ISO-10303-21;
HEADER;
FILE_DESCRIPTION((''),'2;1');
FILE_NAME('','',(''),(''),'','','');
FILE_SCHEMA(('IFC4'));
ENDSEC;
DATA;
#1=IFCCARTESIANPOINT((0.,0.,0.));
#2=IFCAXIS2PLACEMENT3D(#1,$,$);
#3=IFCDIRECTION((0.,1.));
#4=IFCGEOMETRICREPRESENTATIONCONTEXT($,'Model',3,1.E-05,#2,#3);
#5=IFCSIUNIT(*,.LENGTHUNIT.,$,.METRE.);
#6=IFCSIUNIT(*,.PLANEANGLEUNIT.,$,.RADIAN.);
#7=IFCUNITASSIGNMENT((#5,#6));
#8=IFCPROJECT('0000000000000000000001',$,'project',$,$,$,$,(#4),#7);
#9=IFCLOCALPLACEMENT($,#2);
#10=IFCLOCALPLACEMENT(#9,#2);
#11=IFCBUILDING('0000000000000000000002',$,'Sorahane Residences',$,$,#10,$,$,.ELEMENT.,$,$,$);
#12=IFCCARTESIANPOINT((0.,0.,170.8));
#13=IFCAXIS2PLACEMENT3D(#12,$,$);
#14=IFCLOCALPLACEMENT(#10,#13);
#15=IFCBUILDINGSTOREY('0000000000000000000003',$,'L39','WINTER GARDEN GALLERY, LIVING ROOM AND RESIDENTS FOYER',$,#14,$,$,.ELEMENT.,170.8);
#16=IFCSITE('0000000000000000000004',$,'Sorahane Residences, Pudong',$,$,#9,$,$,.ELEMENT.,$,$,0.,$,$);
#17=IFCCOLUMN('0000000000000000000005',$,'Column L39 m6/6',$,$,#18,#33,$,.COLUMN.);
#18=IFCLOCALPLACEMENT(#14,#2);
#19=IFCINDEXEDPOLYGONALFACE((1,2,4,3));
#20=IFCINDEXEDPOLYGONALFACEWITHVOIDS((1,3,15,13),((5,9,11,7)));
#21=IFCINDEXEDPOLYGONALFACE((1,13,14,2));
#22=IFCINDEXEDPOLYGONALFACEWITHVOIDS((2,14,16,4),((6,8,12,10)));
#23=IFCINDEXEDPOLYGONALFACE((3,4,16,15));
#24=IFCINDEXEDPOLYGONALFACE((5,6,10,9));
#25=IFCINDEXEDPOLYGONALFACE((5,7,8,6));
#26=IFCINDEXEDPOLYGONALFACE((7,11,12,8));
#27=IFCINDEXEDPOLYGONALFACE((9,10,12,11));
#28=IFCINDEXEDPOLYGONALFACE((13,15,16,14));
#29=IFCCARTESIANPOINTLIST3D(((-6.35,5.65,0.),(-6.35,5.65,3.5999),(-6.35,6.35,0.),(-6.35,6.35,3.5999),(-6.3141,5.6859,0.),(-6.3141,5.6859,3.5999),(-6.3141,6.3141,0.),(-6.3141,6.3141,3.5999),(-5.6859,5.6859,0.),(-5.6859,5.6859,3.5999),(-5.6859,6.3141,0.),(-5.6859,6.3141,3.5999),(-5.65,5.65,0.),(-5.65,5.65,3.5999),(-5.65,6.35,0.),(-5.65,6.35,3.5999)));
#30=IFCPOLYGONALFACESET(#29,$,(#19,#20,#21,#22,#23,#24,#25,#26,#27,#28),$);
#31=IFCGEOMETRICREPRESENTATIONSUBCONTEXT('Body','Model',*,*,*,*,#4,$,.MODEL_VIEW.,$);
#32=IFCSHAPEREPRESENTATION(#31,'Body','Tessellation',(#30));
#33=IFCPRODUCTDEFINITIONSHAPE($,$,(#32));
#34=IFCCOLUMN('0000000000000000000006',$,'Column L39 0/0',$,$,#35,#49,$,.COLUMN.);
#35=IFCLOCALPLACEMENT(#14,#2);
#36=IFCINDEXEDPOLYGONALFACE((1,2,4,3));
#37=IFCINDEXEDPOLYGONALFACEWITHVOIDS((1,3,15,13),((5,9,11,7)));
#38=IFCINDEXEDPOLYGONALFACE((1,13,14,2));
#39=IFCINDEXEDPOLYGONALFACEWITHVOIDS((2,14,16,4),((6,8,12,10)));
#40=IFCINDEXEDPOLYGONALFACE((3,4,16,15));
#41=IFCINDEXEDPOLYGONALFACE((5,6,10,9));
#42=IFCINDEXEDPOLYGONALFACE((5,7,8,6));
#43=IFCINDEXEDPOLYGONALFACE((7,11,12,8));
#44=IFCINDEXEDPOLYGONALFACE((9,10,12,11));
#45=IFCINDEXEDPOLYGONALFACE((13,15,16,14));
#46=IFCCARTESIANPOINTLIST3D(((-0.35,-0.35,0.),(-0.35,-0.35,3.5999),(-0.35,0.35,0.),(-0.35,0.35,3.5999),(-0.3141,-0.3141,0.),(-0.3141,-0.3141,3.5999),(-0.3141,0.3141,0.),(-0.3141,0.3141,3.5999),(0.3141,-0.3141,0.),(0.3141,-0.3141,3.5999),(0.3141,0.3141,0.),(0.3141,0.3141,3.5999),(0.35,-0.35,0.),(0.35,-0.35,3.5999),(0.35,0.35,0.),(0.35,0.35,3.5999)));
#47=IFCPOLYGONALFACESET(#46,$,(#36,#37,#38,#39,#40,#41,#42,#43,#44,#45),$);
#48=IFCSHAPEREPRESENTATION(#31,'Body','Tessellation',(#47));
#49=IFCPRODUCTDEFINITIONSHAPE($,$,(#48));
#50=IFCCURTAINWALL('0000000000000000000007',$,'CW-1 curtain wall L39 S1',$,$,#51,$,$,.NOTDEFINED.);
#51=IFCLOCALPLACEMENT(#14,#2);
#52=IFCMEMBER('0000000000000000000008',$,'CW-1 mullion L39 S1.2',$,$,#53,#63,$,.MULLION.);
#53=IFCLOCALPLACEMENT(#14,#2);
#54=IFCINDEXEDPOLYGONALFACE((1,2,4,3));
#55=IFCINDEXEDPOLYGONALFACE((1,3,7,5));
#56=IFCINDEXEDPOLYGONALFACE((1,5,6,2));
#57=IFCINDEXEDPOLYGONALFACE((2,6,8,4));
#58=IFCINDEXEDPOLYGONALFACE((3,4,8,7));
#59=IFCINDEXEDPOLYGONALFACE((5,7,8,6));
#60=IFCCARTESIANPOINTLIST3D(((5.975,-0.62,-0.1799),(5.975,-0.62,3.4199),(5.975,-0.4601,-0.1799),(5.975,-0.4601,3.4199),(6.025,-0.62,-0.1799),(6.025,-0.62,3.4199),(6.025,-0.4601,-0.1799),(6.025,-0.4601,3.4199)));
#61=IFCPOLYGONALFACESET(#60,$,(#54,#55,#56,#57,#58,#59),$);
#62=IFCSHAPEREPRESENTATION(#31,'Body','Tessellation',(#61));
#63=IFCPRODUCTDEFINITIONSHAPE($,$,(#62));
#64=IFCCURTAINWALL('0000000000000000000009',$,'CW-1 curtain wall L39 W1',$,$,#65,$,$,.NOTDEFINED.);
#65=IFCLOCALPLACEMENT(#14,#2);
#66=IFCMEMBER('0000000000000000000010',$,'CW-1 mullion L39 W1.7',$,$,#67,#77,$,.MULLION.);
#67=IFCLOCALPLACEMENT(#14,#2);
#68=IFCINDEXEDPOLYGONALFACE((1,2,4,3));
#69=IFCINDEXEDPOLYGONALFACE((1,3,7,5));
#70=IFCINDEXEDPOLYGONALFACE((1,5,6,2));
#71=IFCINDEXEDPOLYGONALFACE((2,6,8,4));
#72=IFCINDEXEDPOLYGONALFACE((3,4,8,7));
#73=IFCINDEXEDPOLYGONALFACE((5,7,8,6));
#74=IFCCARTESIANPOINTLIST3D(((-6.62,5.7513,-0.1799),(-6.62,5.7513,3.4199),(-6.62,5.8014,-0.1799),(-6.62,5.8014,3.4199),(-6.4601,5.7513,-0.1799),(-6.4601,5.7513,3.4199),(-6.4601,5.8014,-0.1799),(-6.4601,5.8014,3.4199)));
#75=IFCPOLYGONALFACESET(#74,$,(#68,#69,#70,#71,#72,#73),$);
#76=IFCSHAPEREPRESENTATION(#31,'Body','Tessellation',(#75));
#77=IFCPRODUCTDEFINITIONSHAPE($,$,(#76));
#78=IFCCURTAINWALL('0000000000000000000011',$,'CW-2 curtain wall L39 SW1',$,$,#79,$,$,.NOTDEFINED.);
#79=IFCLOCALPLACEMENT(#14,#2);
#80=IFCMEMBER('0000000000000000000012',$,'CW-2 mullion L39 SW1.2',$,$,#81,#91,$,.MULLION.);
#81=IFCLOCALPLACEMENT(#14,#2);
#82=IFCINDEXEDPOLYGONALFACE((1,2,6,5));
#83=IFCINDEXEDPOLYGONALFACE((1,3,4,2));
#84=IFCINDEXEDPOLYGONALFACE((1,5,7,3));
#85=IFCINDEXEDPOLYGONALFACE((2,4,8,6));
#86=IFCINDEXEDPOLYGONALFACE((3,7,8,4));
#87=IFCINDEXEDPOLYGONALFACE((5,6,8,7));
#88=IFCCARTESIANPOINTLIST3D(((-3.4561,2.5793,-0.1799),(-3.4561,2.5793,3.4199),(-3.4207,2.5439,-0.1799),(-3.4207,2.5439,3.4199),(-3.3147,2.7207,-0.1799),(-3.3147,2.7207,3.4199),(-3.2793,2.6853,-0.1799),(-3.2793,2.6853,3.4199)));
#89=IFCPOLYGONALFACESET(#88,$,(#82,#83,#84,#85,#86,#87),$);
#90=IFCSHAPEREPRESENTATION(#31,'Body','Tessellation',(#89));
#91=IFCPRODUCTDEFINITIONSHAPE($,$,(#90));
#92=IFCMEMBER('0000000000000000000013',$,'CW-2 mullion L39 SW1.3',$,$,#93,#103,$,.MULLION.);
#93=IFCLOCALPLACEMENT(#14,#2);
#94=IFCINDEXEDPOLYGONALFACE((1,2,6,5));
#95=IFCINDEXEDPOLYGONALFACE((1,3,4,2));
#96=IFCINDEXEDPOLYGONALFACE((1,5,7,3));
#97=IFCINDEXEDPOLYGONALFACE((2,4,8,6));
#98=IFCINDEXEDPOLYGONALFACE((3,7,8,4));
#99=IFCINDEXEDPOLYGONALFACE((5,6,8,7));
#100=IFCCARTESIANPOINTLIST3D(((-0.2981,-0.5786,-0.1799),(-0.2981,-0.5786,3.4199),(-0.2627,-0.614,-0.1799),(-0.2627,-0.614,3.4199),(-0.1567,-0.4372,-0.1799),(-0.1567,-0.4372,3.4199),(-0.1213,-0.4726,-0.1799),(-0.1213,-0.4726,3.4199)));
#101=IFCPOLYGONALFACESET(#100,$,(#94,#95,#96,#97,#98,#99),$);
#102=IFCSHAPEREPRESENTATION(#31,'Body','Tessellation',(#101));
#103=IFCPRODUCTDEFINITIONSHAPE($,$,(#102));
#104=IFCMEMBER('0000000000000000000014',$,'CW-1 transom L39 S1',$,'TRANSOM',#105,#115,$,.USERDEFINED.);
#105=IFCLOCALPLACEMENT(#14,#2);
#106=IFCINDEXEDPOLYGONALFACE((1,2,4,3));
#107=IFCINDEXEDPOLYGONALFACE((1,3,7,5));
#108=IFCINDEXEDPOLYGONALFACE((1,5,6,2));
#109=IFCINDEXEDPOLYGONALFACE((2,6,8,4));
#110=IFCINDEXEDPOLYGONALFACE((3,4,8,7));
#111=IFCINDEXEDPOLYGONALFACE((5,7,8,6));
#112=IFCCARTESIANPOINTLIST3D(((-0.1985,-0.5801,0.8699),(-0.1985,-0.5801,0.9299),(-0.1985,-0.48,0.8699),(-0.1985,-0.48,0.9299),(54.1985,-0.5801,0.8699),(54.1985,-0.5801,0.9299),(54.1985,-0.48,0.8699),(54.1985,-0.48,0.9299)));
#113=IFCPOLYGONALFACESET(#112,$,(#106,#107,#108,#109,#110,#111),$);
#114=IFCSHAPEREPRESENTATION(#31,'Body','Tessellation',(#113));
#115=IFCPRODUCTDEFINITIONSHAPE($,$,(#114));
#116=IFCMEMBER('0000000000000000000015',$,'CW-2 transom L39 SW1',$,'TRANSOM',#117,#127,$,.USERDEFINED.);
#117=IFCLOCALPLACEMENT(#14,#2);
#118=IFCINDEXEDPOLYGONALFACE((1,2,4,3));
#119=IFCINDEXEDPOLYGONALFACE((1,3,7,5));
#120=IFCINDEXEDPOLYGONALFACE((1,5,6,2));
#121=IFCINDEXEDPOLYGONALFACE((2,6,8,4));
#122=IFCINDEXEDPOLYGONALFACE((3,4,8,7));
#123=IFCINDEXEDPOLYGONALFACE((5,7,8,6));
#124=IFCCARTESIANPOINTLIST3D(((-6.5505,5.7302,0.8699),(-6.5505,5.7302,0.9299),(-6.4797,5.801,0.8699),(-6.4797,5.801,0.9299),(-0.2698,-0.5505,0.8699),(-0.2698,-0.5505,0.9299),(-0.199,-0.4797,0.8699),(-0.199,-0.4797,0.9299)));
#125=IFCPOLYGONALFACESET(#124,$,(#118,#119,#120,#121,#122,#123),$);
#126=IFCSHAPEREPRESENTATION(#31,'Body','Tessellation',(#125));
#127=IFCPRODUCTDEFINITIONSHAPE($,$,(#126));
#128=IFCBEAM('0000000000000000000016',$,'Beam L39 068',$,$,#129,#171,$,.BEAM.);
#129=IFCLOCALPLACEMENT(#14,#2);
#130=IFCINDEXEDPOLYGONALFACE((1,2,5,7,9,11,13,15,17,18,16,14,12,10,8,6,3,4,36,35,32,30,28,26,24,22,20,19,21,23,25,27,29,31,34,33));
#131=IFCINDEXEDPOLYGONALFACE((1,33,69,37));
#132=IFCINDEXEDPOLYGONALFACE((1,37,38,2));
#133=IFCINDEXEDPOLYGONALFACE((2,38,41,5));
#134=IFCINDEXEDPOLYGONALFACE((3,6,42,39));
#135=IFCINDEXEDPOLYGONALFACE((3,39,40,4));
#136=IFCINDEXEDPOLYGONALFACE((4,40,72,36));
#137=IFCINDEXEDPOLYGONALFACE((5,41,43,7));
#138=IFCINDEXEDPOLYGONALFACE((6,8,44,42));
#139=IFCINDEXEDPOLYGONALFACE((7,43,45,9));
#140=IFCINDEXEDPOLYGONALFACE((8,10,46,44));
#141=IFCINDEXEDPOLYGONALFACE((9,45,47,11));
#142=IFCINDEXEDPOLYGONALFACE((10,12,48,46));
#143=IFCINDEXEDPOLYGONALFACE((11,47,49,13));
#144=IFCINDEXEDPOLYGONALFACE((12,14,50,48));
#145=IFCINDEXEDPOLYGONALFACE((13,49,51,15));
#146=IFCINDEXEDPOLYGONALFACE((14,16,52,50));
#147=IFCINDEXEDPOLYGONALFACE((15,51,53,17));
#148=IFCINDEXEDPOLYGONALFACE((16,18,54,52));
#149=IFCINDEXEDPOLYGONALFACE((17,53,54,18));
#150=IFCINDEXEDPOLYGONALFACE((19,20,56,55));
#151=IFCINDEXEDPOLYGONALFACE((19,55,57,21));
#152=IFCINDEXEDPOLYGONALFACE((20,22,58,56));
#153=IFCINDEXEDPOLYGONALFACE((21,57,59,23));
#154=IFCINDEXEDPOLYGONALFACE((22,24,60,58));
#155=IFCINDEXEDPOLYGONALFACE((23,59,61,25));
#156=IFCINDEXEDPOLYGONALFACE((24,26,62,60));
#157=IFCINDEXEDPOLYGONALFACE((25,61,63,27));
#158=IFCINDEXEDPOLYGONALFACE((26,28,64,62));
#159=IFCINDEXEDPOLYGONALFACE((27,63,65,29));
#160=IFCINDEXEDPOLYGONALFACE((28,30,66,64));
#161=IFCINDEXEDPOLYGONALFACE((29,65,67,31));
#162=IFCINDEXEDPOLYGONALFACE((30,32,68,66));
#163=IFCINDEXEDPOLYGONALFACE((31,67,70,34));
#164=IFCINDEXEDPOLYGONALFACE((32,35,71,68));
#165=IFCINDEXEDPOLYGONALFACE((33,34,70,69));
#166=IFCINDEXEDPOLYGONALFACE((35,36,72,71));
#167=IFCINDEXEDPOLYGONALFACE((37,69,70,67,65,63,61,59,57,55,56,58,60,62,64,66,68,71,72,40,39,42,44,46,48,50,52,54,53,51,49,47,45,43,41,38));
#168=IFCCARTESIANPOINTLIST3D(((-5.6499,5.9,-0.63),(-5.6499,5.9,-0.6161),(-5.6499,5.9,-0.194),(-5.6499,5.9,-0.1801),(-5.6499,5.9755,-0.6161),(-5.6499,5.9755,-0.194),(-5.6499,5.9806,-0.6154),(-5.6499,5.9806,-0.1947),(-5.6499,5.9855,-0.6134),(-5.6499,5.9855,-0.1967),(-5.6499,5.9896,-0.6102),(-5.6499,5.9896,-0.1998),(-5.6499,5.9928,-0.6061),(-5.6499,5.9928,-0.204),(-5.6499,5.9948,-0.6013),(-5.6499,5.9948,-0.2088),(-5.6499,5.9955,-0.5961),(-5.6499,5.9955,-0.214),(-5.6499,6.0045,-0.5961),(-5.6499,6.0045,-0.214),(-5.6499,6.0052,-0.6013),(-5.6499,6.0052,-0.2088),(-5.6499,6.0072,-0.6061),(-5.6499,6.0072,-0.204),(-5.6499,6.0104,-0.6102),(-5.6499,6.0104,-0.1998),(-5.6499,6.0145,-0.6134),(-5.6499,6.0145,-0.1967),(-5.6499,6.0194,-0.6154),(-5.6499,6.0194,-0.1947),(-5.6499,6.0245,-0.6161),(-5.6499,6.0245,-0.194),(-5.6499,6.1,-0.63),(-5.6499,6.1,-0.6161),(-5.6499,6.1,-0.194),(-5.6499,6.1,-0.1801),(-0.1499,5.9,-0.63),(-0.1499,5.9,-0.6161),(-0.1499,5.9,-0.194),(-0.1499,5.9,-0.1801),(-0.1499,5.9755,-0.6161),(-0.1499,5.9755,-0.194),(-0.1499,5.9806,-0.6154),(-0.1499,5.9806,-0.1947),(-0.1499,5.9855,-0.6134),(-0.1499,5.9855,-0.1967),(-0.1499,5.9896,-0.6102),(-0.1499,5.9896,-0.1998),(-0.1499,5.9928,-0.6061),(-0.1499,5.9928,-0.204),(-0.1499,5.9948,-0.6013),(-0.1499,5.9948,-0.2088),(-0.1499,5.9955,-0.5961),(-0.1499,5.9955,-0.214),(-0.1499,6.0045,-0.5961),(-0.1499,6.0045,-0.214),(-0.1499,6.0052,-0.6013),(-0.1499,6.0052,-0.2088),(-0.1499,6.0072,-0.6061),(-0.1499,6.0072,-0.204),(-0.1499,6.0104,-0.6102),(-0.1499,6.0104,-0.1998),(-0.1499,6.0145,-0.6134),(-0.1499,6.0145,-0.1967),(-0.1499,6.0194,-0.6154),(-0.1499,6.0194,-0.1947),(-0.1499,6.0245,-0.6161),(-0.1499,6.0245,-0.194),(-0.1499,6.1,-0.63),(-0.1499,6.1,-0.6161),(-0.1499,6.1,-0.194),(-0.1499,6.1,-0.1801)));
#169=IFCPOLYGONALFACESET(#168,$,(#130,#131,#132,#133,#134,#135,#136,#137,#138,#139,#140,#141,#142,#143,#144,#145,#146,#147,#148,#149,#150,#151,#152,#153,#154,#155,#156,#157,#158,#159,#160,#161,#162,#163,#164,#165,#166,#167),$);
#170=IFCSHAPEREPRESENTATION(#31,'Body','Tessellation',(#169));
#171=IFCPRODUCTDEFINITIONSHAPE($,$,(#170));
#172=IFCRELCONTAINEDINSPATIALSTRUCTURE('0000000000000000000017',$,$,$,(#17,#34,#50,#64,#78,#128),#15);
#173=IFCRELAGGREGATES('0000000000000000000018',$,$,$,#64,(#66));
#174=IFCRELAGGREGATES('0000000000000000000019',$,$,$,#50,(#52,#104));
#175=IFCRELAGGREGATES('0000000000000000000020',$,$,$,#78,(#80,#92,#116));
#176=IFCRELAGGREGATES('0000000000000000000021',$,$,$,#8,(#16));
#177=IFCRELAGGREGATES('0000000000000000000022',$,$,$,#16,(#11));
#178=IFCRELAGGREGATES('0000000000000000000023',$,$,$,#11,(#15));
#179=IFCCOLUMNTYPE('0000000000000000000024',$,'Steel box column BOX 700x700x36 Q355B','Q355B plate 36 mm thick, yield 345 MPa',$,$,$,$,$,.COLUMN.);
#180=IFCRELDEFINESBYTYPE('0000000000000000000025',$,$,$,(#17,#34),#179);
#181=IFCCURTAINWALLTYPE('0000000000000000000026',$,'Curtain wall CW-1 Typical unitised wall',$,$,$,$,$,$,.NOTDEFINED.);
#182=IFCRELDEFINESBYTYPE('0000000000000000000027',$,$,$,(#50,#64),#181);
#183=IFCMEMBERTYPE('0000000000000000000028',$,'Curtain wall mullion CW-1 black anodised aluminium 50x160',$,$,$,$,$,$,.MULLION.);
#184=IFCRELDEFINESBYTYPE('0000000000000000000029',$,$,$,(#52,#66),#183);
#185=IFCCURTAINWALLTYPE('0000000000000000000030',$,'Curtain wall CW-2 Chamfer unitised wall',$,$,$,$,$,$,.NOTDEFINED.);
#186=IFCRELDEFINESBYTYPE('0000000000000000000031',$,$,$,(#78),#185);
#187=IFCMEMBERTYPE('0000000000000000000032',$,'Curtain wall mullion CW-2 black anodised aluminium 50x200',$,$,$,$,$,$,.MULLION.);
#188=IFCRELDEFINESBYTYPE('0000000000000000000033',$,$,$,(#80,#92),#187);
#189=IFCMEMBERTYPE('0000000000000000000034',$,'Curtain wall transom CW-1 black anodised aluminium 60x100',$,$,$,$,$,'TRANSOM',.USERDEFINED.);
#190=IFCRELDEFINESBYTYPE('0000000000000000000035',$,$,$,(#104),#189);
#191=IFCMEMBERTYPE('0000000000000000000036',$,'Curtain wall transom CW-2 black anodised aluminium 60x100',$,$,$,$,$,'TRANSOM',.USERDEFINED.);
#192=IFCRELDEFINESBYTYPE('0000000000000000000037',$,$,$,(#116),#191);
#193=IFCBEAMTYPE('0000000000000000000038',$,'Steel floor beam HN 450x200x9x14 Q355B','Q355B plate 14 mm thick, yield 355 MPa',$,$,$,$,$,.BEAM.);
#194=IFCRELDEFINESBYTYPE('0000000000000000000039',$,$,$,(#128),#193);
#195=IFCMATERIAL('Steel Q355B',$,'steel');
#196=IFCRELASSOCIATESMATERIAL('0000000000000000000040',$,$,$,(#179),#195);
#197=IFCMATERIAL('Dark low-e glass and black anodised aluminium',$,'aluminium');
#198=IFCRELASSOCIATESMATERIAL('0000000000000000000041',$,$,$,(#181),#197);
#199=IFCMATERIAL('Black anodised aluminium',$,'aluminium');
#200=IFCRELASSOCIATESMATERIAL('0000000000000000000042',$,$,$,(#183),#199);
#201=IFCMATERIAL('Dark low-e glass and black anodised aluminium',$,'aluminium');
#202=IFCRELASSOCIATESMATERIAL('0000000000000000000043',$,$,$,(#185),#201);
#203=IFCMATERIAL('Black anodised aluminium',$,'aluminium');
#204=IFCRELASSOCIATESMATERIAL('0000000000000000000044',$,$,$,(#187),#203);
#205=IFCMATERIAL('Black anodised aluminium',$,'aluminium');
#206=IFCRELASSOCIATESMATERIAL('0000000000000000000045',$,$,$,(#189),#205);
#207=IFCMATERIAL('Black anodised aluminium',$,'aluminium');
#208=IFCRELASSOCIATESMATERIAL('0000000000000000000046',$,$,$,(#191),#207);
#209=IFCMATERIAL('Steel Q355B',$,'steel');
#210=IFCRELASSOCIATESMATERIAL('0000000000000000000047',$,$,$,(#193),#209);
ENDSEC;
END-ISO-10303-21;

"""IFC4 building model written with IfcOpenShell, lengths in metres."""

from ifc_helpers import new_model, si_unit, direction, frame, origin, origin_2d, place, context, subcontext, project, spatial, rectangle, hollow_rectangle, i_section, extrude, material, material_profile, profile_set, type_object, element, aggregate, save


model = new_model("IFC4")

# Units and contexts
model_context = context("Model", 3, precision=1e-05, world=origin(), true_north=direction((0.0, 1.0)))
body_context = subcontext(model_context, "Body", "Model", "MODEL_VIEW")
ifc_project = project(units=[si_unit("LENGTHUNIT", "METRE"), si_unit("PLANEANGLEUNIT", "RADIAN")], contexts=[model_context])

# Site, building, storey
site_placement = place(None, origin())
site = spatial("IfcSite", under=ifc_project, at=site_placement, Name="Sorahane Residences, Pudong", CompositionType="ELEMENT", RefElevation=0.0)
building_placement = place(site_placement, origin())
building = spatial("IfcBuilding", under=site, at=building_placement, Name="Sorahane Residences", CompositionType="ELEMENT")
storey_placement = place(building_placement, frame((0.0, 0.0, 170.8)))
storey = spatial("IfcBuildingStorey", under=building, at=storey_placement, Name="L39", Description="WINTER GARDEN GALLERY, LIVING ROOM AND RESIDENTS FOYER", CompositionType="ELEMENT", Elevation=170.8)

# Columns
ifc_material_1 = material(Name="Steel Q355B", Category="steel")
ifc_material_profile_1 = material_profile(ifc_material_1, hollow_rectangle(XDim=0.7, YDim=0.7, WallThickness=0.0359, at=origin_2d()), Name="BOX 700x700x36")
ifc_profile_set_1 = profile_set([ifc_material_profile_1], Name="Steel Q355B")
column_type = type_object("IfcColumnType", Name="Steel box column BOX 700x700x36 Q355B", Description="Q355B plate 36 mm thick, yield 345 MPa", PredefinedType="COLUMN", material=ifc_profile_set_1)
for number, where, z_axis, x_axis, name in (
    (1, (-6.0, 6.0, 0.0), (0.0, 0.0, 1.0), (1.0, 0.0, 0.0), "Column L39 m6/6"),
    (2, (0.0, 0.0, 0.0), (0.0, 0.0, 1.0), (1.0, 0.0, 0.0), "Column L39 0/0"),
):
    element("IfcColumn", number, at=place(storey_placement, frame(where, z_axis=z_axis, x_axis=x_axis)), inside=storey, type_object=column_type, Name=name, PredefinedType="COLUMN", context=body_context, shape_type="SweptSolid", body=[
        extrude(hollow_rectangle(XDim=0.7, YDim=0.7, WallThickness=0.0359, at=origin_2d()), origin(), (0.0, 0.0, 1.0), 3.5999),
    ])

# Curtain walls, members
ifc_material_2 = material(Name="Dark low-e glass and black anodised aluminium", Category="aluminium")
curtain_wall_type_1 = type_object("IfcCurtainWallType", Name="Curtain wall CW-1 Typical unitised wall", PredefinedType="NOTDEFINED", material=ifc_material_2)
curtain_wall_1_placement = place(storey_placement, origin())
curtain_wall_1 = element("IfcCurtainWall", 3, at=curtain_wall_1_placement, inside=storey, type_object=curtain_wall_type_1, Name="CW-1 curtain wall L39 S1", PredefinedType="NOTDEFINED")
ifc_material_3 = material(Name="Black anodised aluminium", Category="aluminium")
ifc_material_profile_2 = material_profile(ifc_material_3, rectangle(XDim=0.1599, YDim=0.05, at=origin_2d()), Name="Curtain wall mullion CW-1 black anodised aluminium 50x160")
ifc_profile_set_2 = profile_set([ifc_material_profile_2], Name="Black anodised aluminium")
member_type_1 = type_object("IfcMemberType", Name="Curtain wall mullion CW-1 black anodised aluminium 50x160", PredefinedType="MULLION", material=ifc_profile_set_2)
member_1_placement = place(storey_placement, frame((6.0, -0.54, -0.1799), z_axis=(0.0, 0.0, 1.0), x_axis=(0.0, -1.0, 0.0)))
member_1 = element("IfcMember", 4, at=member_1_placement, type_object=member_type_1, Name="CW-1 mullion L39 S1.2", PredefinedType="MULLION", context=body_context, shape_type="SweptSolid", body=[
    extrude(rectangle(XDim=0.1599, YDim=0.05, at=origin_2d()), origin(), (0.0, 0.0, 1.0), 3.5999),
])
curtain_wall_2_placement = place(storey_placement, origin())
curtain_wall_2 = element("IfcCurtainWall", 5, at=curtain_wall_2_placement, inside=storey, type_object=curtain_wall_type_1, Name="CW-1 curtain wall L39 W1", PredefinedType="NOTDEFINED")
member_2_placement = place(storey_placement, frame((-6.54, 5.7764, -0.1799), z_axis=(0.0, 0.0, 1.0), x_axis=(-1.0, 0.0, 0.0)))
member_2 = element("IfcMember", 6, at=member_2_placement, type_object=member_type_1, Name="CW-1 mullion L39 W1.7", PredefinedType="MULLION", context=body_context, shape_type="SweptSolid", body=[
    extrude(rectangle(XDim=0.1599, YDim=0.05, at=origin_2d()), origin(), (0.0, 0.0, 1.0), 3.5999),
])
aggregate(curtain_wall_2, [member_2])

# Curtain wall, members
ifc_material_4 = material(Name="Dark low-e glass and black anodised aluminium", Category="aluminium")
curtain_wall_type_2 = type_object("IfcCurtainWallType", Name="Curtain wall CW-2 Chamfer unitised wall", PredefinedType="NOTDEFINED", material=ifc_material_4)
curtain_wall_3_placement = place(storey_placement, origin())
curtain_wall_3 = element("IfcCurtainWall", 7, at=curtain_wall_3_placement, inside=storey, type_object=curtain_wall_type_2, Name="CW-2 curtain wall L39 SW1", PredefinedType="NOTDEFINED")
ifc_material_5 = material(Name="Black anodised aluminium", Category="aluminium")
ifc_material_profile_3 = material_profile(ifc_material_5, rectangle(XDim=0.2, YDim=0.05, at=origin_2d()), Name="Curtain wall mullion CW-2 black anodised aluminium 50x200")
ifc_profile_set_3 = profile_set([ifc_material_profile_3], Name="Black anodised aluminium")
member_type_2 = type_object("IfcMemberType", Name="Curtain wall mullion CW-2 black anodised aluminium 50x200", PredefinedType="MULLION", material=ifc_profile_set_3)
member_3_placement = place(storey_placement, frame((-3.3677, 2.6323, -0.1799), z_axis=(0.0, 0.0, 1.0), x_axis=(-0.707107, -0.707107, 0.0)))
member_3 = element("IfcMember", 8, at=member_3_placement, type_object=member_type_2, Name="CW-2 mullion L39 SW1.2", PredefinedType="MULLION", context=body_context, shape_type="SweptSolid", body=[
    extrude(rectangle(XDim=0.2, YDim=0.05, at=origin_2d()), origin(), (0.0, 0.0, 1.0), 3.5999),
])
member_4_placement = place(storey_placement, frame((-0.2097, -0.5256, -0.1799), z_axis=(0.0, 0.0, 1.0), x_axis=(-0.707107, -0.707107, 0.0)))
member_4 = element("IfcMember", 9, at=member_4_placement, type_object=member_type_2, Name="CW-2 mullion L39 SW1.3", PredefinedType="MULLION", context=body_context, shape_type="SweptSolid", body=[
    extrude(rectangle(XDim=0.2, YDim=0.05, at=origin_2d()), origin(), (0.0, 0.0, 1.0), 3.5999),
])

# Members
ifc_material_6 = material(Name="Black anodised aluminium", Category="aluminium")
ifc_material_profile_4 = material_profile(ifc_material_6, rectangle(XDim=0.1001, YDim=0.0601, at=origin_2d()), Name="Curtain wall transom CW-1 black anodised aluminium 60x100")
ifc_profile_set_4 = profile_set([ifc_material_profile_4], Name="Black anodised aluminium")
member_type_3 = type_object("IfcMemberType", Name="Curtain wall transom CW-1 black anodised aluminium 60x100", ElementType="TRANSOM", PredefinedType="USERDEFINED", material=ifc_profile_set_4)
member_5_placement = place(storey_placement, frame((-0.1985, -0.53, 0.8999), z_axis=(1.0, 0.0, 0.0), x_axis=(0.0, 1.0, 0.0)))
member_5 = element("IfcMember", 10, at=member_5_placement, type_object=member_type_3, Name="CW-1 transom L39 S1", ObjectType="TRANSOM", PredefinedType="USERDEFINED", context=body_context, shape_type="SweptSolid", body=[
    extrude(rectangle(XDim=0.1001, YDim=0.0601, at=origin_2d()), origin(), (0.0, 0.0, 1.0), 54.397),
])
ifc_material_7 = material(Name="Black anodised aluminium", Category="aluminium")
ifc_material_profile_5 = material_profile(ifc_material_7, rectangle(XDim=0.1001, YDim=0.0601, at=origin_2d()), Name="Curtain wall transom CW-2 black anodised aluminium 60x100")
ifc_profile_set_5 = profile_set([ifc_material_profile_5], Name="Black anodised aluminium")
member_type_4 = type_object("IfcMemberType", Name="Curtain wall transom CW-2 black anodised aluminium 60x100", ElementType="TRANSOM", PredefinedType="USERDEFINED", material=ifc_profile_set_5)
member_6_placement = place(storey_placement, frame((-6.5151, 5.7656, 0.8999), z_axis=(0.707107, -0.707107, 0.0), x_axis=(0.707107, 0.707107, 0.0)))
member_6 = element("IfcMember", 11, at=member_6_placement, type_object=member_type_4, Name="CW-2 transom L39 SW1", ObjectType="TRANSOM", PredefinedType="USERDEFINED", context=body_context, shape_type="SweptSolid", body=[
    extrude(rectangle(XDim=0.1001, YDim=0.0601, at=origin_2d()), origin(), (0.0, 0.0, 1.0), 8.8823),
])

# Beam
ifc_material_8 = material(Name="Steel Q355B", Category="steel")
ifc_material_profile_6 = material_profile(ifc_material_8, i_section(OverallWidth=0.2, OverallDepth=0.45, WebThickness=0.009, FlangeThickness=0.0139, FilletRadius=0.02, at=origin_2d()), Name="HN 450x200x9x14")
ifc_profile_set_6 = profile_set([ifc_material_profile_6], Name="Steel Q355B")
beam_type_1 = type_object("IfcBeamType", Name="Steel floor beam HN 450x200x9x14 Q355B", Description="Q355B plate 14 mm thick, yield 355 MPa", PredefinedType="BEAM", material=ifc_profile_set_6)
beam_1_placement = place(storey_placement, frame((-5.6499, 6.0, -0.405), z_axis=(1.0, 0.0, 0.0), x_axis=(0.0, 1.0, 0.0)))
element("IfcBeam", 12, at=beam_1_placement, inside=storey, type_object=beam_type_1, Name="Beam L39 068", PredefinedType="BEAM", context=body_context, shape_type="SweptSolid", body=[
    extrude(i_section(OverallWidth=0.2, OverallDepth=0.45, WebThickness=0.009, FlangeThickness=0.0139, FilletRadius=0.02, at=origin_2d()), origin(), (0.0, 0.0, 1.0), 5.5),
])

aggregate(curtain_wall_1, [member_1, member_5])
aggregate(curtain_wall_3, [member_3, member_4, member_6])

save(model, "model.ifc")
